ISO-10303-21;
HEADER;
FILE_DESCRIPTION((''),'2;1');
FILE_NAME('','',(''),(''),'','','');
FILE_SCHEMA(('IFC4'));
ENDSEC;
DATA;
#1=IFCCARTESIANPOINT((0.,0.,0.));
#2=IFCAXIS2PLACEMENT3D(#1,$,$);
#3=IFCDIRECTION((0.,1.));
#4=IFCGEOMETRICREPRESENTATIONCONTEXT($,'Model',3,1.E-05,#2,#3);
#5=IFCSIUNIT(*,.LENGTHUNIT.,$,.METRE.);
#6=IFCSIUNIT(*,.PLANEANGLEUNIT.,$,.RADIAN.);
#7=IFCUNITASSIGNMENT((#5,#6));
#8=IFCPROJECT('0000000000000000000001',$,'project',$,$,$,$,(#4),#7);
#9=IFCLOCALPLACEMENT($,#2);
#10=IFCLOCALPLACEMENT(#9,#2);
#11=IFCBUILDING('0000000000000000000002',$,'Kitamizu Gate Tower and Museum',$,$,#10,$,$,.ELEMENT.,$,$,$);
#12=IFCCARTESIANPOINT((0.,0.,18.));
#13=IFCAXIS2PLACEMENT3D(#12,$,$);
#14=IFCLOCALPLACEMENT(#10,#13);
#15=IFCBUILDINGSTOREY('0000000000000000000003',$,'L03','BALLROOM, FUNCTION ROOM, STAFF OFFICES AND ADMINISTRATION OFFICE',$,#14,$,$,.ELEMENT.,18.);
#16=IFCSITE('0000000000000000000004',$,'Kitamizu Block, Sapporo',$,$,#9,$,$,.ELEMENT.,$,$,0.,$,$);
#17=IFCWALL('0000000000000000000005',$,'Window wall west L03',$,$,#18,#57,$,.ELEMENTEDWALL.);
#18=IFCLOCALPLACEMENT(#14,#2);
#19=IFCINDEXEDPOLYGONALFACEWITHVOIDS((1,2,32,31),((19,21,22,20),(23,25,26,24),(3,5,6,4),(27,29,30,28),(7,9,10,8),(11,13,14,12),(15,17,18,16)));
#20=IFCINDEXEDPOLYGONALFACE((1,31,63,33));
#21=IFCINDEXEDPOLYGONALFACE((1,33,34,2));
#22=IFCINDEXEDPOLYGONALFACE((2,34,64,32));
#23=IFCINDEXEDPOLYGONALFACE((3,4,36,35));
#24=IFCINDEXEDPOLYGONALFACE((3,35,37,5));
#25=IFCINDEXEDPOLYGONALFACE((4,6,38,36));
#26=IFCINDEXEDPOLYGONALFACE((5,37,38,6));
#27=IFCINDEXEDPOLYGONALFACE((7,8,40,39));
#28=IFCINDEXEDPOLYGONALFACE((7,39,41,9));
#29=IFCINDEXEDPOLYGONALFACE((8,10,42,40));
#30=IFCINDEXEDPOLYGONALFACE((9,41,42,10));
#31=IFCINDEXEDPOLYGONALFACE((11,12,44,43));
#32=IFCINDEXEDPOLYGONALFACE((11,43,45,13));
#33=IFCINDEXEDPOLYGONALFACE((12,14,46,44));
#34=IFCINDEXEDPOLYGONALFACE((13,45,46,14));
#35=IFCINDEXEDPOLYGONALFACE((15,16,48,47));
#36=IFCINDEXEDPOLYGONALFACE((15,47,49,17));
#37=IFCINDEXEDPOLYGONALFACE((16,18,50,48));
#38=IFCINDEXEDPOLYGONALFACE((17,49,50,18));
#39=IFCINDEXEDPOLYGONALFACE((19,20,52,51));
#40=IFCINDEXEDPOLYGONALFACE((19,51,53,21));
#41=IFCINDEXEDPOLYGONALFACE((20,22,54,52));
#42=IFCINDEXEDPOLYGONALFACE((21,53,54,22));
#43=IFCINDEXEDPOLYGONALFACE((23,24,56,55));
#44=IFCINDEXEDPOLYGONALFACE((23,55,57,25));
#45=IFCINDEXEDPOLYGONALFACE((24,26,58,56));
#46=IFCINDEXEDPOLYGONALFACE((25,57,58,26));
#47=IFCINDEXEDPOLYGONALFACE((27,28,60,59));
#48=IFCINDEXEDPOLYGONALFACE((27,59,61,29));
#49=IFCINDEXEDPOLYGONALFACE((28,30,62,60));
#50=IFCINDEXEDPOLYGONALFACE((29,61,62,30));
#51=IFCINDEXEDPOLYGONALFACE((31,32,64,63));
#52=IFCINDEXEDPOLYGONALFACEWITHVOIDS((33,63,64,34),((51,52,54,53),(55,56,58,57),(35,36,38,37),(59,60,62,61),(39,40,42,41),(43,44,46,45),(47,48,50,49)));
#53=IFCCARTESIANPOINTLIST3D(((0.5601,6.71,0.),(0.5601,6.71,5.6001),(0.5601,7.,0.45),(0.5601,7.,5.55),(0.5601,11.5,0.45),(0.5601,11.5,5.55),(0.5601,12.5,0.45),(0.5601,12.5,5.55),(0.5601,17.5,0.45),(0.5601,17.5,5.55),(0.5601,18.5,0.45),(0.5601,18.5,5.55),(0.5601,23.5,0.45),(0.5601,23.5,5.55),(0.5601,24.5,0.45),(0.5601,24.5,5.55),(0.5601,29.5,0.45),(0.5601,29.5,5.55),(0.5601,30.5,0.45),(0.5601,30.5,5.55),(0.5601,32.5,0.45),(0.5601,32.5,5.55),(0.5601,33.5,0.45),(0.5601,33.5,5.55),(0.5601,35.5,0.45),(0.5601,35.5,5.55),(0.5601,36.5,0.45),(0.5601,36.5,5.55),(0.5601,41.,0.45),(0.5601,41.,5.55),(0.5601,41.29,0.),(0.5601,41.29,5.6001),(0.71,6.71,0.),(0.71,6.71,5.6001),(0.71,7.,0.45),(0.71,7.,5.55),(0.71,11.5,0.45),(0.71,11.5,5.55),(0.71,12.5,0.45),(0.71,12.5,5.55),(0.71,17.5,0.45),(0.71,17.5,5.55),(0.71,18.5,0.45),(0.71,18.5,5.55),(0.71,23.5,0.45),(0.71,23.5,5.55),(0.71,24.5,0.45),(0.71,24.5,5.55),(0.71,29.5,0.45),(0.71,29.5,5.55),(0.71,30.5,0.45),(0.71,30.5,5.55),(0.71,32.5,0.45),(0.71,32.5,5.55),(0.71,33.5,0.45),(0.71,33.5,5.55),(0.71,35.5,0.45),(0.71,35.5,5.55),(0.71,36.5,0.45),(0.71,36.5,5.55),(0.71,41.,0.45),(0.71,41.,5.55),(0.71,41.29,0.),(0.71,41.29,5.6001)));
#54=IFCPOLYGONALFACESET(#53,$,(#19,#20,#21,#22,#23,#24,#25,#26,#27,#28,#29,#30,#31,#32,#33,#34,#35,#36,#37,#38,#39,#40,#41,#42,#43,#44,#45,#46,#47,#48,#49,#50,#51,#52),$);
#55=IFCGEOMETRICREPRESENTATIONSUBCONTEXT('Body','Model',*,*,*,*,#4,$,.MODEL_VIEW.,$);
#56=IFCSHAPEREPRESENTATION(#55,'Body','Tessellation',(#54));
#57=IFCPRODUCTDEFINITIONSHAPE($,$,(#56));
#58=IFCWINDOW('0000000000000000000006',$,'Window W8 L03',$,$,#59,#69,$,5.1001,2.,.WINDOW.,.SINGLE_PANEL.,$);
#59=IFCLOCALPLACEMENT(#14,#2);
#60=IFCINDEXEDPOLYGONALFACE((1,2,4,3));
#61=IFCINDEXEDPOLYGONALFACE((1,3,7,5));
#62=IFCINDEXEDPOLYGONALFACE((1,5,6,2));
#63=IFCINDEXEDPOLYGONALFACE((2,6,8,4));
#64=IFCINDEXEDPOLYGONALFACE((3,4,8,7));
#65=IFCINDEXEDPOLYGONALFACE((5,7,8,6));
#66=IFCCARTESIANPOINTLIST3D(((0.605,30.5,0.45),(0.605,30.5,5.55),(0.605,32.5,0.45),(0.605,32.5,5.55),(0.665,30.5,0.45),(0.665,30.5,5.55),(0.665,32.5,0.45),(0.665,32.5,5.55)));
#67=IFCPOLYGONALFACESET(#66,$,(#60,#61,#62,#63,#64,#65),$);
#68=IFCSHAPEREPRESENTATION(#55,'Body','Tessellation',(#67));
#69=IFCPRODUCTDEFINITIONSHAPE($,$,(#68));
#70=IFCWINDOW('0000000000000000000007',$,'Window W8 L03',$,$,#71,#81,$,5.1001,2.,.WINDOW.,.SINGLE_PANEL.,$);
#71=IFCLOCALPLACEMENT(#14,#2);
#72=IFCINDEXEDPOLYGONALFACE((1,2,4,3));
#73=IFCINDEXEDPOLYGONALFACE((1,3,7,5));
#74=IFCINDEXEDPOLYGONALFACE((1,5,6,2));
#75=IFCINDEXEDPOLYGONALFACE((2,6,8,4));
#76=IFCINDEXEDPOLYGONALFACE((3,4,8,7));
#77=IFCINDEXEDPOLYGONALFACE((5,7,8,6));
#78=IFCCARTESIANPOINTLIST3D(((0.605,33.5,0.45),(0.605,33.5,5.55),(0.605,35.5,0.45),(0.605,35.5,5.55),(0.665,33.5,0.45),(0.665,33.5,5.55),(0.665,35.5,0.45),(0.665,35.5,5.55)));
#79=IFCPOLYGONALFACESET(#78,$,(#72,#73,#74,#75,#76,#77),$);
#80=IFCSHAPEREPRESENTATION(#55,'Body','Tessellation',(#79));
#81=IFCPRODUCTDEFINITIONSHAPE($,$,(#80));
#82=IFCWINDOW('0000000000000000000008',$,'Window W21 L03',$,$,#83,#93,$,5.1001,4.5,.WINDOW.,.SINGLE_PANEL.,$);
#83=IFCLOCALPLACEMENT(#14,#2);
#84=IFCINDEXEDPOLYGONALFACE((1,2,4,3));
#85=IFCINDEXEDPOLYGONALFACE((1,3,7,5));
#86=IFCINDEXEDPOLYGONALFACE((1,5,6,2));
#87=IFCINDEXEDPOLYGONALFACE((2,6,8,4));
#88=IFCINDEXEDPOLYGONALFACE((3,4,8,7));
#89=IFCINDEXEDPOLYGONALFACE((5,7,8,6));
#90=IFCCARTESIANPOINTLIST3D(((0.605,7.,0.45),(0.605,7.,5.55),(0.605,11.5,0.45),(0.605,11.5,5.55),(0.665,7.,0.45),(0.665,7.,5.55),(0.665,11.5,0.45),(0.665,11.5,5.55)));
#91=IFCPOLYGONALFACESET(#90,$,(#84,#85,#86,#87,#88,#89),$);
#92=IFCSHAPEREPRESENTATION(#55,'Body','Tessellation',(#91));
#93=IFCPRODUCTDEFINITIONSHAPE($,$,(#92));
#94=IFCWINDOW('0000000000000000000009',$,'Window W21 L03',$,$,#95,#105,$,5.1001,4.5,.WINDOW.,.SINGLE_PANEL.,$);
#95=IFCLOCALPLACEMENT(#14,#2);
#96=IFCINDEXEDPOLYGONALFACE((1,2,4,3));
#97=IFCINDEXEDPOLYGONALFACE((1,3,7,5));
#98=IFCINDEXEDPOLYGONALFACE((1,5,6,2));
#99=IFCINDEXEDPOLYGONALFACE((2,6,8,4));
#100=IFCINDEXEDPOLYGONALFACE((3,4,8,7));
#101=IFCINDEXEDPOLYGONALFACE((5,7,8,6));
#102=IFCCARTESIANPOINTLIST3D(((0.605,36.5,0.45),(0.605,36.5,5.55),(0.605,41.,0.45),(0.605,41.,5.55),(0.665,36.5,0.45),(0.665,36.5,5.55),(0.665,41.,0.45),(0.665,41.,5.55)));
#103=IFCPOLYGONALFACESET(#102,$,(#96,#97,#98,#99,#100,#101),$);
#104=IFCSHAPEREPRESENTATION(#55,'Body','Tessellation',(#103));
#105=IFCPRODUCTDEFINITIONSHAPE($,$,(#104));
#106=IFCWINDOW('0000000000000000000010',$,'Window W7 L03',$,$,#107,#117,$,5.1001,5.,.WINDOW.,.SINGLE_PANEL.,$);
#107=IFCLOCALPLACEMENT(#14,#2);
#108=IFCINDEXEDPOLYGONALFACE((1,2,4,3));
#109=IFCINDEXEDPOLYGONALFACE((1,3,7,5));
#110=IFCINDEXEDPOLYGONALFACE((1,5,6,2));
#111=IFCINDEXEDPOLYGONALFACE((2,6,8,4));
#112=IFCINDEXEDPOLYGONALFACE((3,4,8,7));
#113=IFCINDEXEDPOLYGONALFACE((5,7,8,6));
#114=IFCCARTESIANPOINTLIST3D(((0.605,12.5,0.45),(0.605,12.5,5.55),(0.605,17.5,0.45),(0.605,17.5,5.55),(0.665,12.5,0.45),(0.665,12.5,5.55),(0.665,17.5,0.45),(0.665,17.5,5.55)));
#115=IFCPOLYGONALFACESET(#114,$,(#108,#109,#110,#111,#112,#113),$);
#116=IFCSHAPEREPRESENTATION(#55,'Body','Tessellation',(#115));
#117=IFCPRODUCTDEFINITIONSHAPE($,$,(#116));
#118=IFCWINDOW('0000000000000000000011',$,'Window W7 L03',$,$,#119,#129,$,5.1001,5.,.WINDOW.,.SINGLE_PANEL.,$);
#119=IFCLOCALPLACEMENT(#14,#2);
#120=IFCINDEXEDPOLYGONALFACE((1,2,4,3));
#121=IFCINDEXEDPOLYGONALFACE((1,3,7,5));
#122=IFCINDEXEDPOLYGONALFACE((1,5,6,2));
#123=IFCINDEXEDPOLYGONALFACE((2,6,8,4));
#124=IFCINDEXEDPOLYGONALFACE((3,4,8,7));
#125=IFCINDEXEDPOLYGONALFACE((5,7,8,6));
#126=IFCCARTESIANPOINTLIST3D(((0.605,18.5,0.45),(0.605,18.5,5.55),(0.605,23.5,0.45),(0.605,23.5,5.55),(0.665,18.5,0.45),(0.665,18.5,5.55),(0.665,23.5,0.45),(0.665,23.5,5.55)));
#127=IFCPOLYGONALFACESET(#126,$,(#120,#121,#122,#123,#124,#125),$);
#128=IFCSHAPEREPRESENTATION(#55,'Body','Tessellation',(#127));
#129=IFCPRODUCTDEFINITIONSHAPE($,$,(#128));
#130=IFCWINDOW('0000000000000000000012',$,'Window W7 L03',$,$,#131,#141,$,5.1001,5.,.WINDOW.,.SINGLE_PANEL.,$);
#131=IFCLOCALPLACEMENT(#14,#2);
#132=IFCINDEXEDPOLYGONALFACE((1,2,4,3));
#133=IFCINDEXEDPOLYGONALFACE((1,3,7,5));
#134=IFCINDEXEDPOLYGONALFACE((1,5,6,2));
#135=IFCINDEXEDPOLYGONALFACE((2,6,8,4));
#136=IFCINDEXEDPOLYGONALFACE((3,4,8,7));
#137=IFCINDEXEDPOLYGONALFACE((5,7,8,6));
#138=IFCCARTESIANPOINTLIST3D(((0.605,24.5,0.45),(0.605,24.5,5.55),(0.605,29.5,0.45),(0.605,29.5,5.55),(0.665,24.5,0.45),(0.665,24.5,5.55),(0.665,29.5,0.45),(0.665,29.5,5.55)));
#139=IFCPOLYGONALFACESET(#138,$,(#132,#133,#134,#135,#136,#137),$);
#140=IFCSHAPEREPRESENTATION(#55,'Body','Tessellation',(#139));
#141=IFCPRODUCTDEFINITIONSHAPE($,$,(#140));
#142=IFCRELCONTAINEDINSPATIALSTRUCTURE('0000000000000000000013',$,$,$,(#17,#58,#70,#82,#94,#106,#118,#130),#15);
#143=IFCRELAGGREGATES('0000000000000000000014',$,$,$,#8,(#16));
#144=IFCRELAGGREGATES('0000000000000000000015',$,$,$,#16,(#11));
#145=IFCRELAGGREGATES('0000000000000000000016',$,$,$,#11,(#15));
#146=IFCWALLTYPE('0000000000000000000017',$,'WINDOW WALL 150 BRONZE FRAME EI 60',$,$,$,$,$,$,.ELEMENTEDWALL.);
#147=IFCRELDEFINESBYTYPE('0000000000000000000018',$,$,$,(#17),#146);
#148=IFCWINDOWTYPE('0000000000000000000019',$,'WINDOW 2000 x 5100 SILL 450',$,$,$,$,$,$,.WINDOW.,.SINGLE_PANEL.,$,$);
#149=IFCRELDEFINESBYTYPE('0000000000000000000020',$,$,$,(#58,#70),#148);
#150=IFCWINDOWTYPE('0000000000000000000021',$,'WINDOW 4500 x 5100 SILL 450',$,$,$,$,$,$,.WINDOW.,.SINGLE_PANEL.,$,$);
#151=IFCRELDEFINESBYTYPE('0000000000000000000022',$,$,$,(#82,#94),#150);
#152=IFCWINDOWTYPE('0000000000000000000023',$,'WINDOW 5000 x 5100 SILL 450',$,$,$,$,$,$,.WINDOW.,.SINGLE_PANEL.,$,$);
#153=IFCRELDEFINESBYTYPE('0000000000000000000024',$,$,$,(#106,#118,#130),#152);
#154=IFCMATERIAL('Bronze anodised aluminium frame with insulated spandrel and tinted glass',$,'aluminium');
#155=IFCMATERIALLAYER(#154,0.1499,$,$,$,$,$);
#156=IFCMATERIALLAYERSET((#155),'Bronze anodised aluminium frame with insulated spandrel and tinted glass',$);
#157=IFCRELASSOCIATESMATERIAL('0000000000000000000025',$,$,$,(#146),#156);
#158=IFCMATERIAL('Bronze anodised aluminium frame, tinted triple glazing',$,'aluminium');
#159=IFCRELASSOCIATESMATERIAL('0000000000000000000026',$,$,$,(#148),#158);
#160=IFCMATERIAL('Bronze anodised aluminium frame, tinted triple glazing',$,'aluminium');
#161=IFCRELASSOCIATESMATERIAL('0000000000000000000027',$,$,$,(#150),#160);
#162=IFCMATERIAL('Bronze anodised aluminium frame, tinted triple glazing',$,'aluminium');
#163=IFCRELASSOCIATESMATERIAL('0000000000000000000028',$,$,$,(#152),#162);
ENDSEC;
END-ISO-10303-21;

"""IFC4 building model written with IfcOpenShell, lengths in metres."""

from ifc_helpers import new_model, si_unit, direction, frame, frame_2d, origin, place, context, subcontext, project, spatial, rectangle, extrude, material, layer, layer_set, type_object, element, fill, save


model = new_model("IFC4")

# Units and contexts
model_context = context("Model", 3, precision=1e-05, world=origin(), true_north=direction((0.0, 1.0)))
body_context = subcontext(model_context, "Body", "Model", "MODEL_VIEW")
ifc_project = project(units=[si_unit("LENGTHUNIT", "METRE"), si_unit("PLANEANGLEUNIT", "RADIAN")], contexts=[model_context])

# Site, building, storey
site_placement = place(None, origin())
site = spatial("IfcSite", under=ifc_project, at=site_placement, Name="Kitamizu Block, Sapporo", CompositionType="ELEMENT", RefElevation=0.0)
building_placement = place(site_placement, origin())
building = spatial("IfcBuilding", under=site, at=building_placement, Name="Kitamizu Gate Tower and Museum", CompositionType="ELEMENT")
storey_placement = place(building_placement, frame((0.0, 0.0, 18.0)))
storey = spatial("IfcBuildingStorey", under=building, at=storey_placement, Name="L03", Description="BALLROOM, FUNCTION ROOM, STAFF OFFICES AND ADMINISTRATION OFFICE", CompositionType="ELEMENT", Elevation=18.0)

# Wall, openings, windows
ifc_material_1 = material(Name="Bronze anodised aluminium frame with insulated spandrel and tinted glass", Category="aluminium")
ifc_layer_1 = layer(ifc_material_1, 0.1499)
ifc_layer_set_1 = layer_set([ifc_layer_1], Name="Bronze anodised aluminium frame with insulated spandrel and tinted glass")
wall_type_1 = type_object("IfcWallType", Name="WINDOW WALL 150 BRONZE FRAME EI 60", PredefinedType="ELEMENTEDWALL", material=ifc_layer_set_1)
wall_1_placement = place(storey_placement, frame((0.635, 6.71, 0.0), z_axis=(0.0, 0.0, 1.0), x_axis=(0.0, 1.0, 0.0)))
wall_1 = element("IfcWall", 1, at=wall_1_placement, inside=storey, type_object=wall_type_1, Name="Window wall west L03", PredefinedType="ELEMENTEDWALL", context=body_context, shape_type="SweptSolid", body=[
    extrude(rectangle(XDim=34.5801, YDim=0.1499, at=frame_2d((17.29, 0.0))), origin(), (0.0, 0.0, 1.0), 5.6001),
])
opening_1_placement = place(wall_1_placement, frame((0.29, 0.0, 0.45)))
opening_1 = element("IfcOpeningElement", 2, at=opening_1_placement, cuts=wall_1, PredefinedType="OPENING", context=body_context, shape_type="SweptSolid", body=[
    extrude(rectangle(XDim=4.5, YDim=5.1001, at=frame_2d((2.25, 2.55))), frame((0.0, 0.085, 0.0), z_axis=(0.0, -1.0, 0.0), x_axis=(1.0, 0.0, 0.0)), (0.0, 0.0, 1.0), 0.1699),
])
opening_2_placement = place(wall_1_placement, frame((5.79, 0.0, 0.45)))
opening_2 = element("IfcOpeningElement", 3, at=opening_2_placement, cuts=wall_1, PredefinedType="OPENING", context=body_context, shape_type="SweptSolid", body=[
    extrude(rectangle(XDim=5.0, YDim=5.1001, at=frame_2d((2.5, 2.55))), frame((0.0, 0.085, 0.0), z_axis=(0.0, -1.0, 0.0), x_axis=(1.0, 0.0, 0.0)), (0.0, 0.0, 1.0), 0.1699),
])
opening_3_placement = place(wall_1_placement, frame((11.79, 0.0, 0.45)))
opening_3 = element("IfcOpeningElement", 4, at=opening_3_placement, cuts=wall_1, PredefinedType="OPENING", context=body_context, shape_type="SweptSolid", body=[
    extrude(rectangle(XDim=5.0, YDim=5.1001, at=frame_2d((2.5, 2.55))), frame((0.0, 0.085, 0.0), z_axis=(0.0, -1.0, 0.0), x_axis=(1.0, 0.0, 0.0)), (0.0, 0.0, 1.0), 0.1699),
])
opening_4_placement = place(wall_1_placement, frame((17.79, 0.0, 0.45)))
opening_4 = element("IfcOpeningElement", 5, at=opening_4_placement, cuts=wall_1, PredefinedType="OPENING", context=body_context, shape_type="SweptSolid", body=[
    extrude(rectangle(XDim=5.0, YDim=5.1001, at=frame_2d((2.5, 2.55))), frame((0.0, 0.085, 0.0), z_axis=(0.0, -1.0, 0.0), x_axis=(1.0, 0.0, 0.0)), (0.0, 0.0, 1.0), 0.1699),
])
opening_5_placement = place(wall_1_placement, frame((23.79, 0.0, 0.45)))
opening_5 = element("IfcOpeningElement", 6, at=opening_5_placement, cuts=wall_1, PredefinedType="OPENING", context=body_context, shape_type="SweptSolid", body=[
    extrude(rectangle(XDim=2.0, YDim=5.1001, at=frame_2d((1.0, 2.55))), frame((0.0, 0.085, 0.0), z_axis=(0.0, -1.0, 0.0), x_axis=(1.0, 0.0, 0.0)), (0.0, 0.0, 1.0), 0.1699),
])
opening_6_placement = place(wall_1_placement, frame((26.79, 0.0, 0.45)))
opening_6 = element("IfcOpeningElement", 7, at=opening_6_placement, cuts=wall_1, PredefinedType="OPENING", context=body_context, shape_type="SweptSolid", body=[
    extrude(rectangle(XDim=2.0, YDim=5.1001, at=frame_2d((1.0, 2.55))), frame((0.0, 0.085, 0.0), z_axis=(0.0, -1.0, 0.0), x_axis=(1.0, 0.0, 0.0)), (0.0, 0.0, 1.0), 0.1699),
])
opening_7_placement = place(wall_1_placement, frame((29.79, 0.0, 0.45)))
opening_7 = element("IfcOpeningElement", 8, at=opening_7_placement, cuts=wall_1, PredefinedType="OPENING", context=body_context, shape_type="SweptSolid", body=[
    extrude(rectangle(XDim=4.5, YDim=5.1001, at=frame_2d((2.25, 2.55))), frame((0.0, 0.085, 0.0), z_axis=(0.0, -1.0, 0.0), x_axis=(1.0, 0.0, 0.0)), (0.0, 0.0, 1.0), 0.1699),
])
ifc_material_2 = material(Name="Bronze anodised aluminium frame, tinted triple glazing", Category="aluminium")
window_type_1 = type_object("IfcWindowType", Name="WINDOW 2000 x 5100 SILL 450", PartitioningType="SINGLE_PANEL", PredefinedType="WINDOW", material=ifc_material_2)
window_1_placement = place(opening_5_placement, origin())
window_1 = element("IfcWindow", 9, at=window_1_placement, inside=storey, type_object=window_type_1, Name="Window W8 L03", OverallHeight=5.1001, OverallWidth=2.0, PartitioningType="SINGLE_PANEL", PredefinedType="WINDOW", context=body_context, shape_type="SweptSolid", body=[
    extrude(rectangle(XDim=2.0, YDim=5.1001, at=frame_2d((1.0, 2.55))), frame((0.0, 0.03, 0.0), z_axis=(0.0, -1.0, 0.0), x_axis=(1.0, 0.0, 0.0)), (0.0, 0.0, 1.0), 0.0601),
])
fill(opening_5, window_1)
window_2_placement = place(opening_6_placement, origin())
window_2 = element("IfcWindow", 10, at=window_2_placement, inside=storey, type_object=window_type_1, Name="Window W8 L03", OverallHeight=5.1001, OverallWidth=2.0, PartitioningType="SINGLE_PANEL", PredefinedType="WINDOW", context=body_context, shape_type="SweptSolid", body=[
    extrude(rectangle(XDim=2.0, YDim=5.1001, at=frame_2d((1.0, 2.55))), frame((0.0, 0.03, 0.0), z_axis=(0.0, -1.0, 0.0), x_axis=(1.0, 0.0, 0.0)), (0.0, 0.0, 1.0), 0.0601),
])
fill(opening_6, window_2)
ifc_material_3 = material(Name="Bronze anodised aluminium frame, tinted triple glazing", Category="aluminium")
window_type_2 = type_object("IfcWindowType", Name="WINDOW 4500 x 5100 SILL 450", PartitioningType="SINGLE_PANEL", PredefinedType="WINDOW", material=ifc_material_3)
window_3_placement = place(opening_1_placement, origin())
window_3 = element("IfcWindow", 11, at=window_3_placement, inside=storey, type_object=window_type_2, Name="Window W21 L03", OverallHeight=5.1001, OverallWidth=4.5, PartitioningType="SINGLE_PANEL", PredefinedType="WINDOW", context=body_context, shape_type="SweptSolid", body=[
    extrude(rectangle(XDim=4.5, YDim=5.1001, at=frame_2d((2.25, 2.55))), frame((0.0, 0.03, 0.0), z_axis=(0.0, -1.0, 0.0), x_axis=(1.0, 0.0, 0.0)), (0.0, 0.0, 1.0), 0.0601),
])
fill(opening_1, window_3)
window_4_placement = place(opening_7_placement, origin())
window_4 = element("IfcWindow", 12, at=window_4_placement, inside=storey, type_object=window_type_2, Name="Window W21 L03", OverallHeight=5.1001, OverallWidth=4.5, PartitioningType="SINGLE_PANEL", PredefinedType="WINDOW", context=body_context, shape_type="SweptSolid", body=[
    extrude(rectangle(XDim=4.5, YDim=5.1001, at=frame_2d((2.25, 2.55))), frame((0.0, 0.03, 0.0), z_axis=(0.0, -1.0, 0.0), x_axis=(1.0, 0.0, 0.0)), (0.0, 0.0, 1.0), 0.0601),
])
fill(opening_7, window_4)
ifc_material_4 = material(Name="Bronze anodised aluminium frame, tinted triple glazing", Category="aluminium")
window_type_3 = type_object("IfcWindowType", Name="WINDOW 5000 x 5100 SILL 450", PartitioningType="SINGLE_PANEL", PredefinedType="WINDOW", material=ifc_material_4)
window_5_placement = place(opening_2_placement, origin())
window_5 = element("IfcWindow", 13, at=window_5_placement, inside=storey, type_object=window_type_3, Name="Window W7 L03", OverallHeight=5.1001, OverallWidth=5.0, PartitioningType="SINGLE_PANEL", PredefinedType="WINDOW", context=body_context, shape_type="SweptSolid", body=[
    extrude(rectangle(XDim=5.0, YDim=5.1001, at=frame_2d((2.5, 2.55))), frame((0.0, 0.03, 0.0), z_axis=(0.0, -1.0, 0.0), x_axis=(1.0, 0.0, 0.0)), (0.0, 0.0, 1.0), 0.0601),
])
fill(opening_2, window_5)
window_6_placement = place(opening_3_placement, origin())
window_6 = element("IfcWindow", 14, at=window_6_placement, inside=storey, type_object=window_type_3, Name="Window W7 L03", OverallHeight=5.1001, OverallWidth=5.0, PartitioningType="SINGLE_PANEL", PredefinedType="WINDOW", context=body_context, shape_type="SweptSolid", body=[
    extrude(rectangle(XDim=5.0, YDim=5.1001, at=frame_2d((2.5, 2.55))), frame((0.0, 0.03, 0.0), z_axis=(0.0, -1.0, 0.0), x_axis=(1.0, 0.0, 0.0)), (0.0, 0.0, 1.0), 0.0601),
])
fill(opening_3, window_6)
window_7_placement = place(opening_4_placement, origin())
window_7 = element("IfcWindow", 15, at=window_7_placement, inside=storey, type_object=window_type_3, Name="Window W7 L03", OverallHeight=5.1001, OverallWidth=5.0, PartitioningType="SINGLE_PANEL", PredefinedType="WINDOW", context=body_context, shape_type="SweptSolid", body=[
    extrude(rectangle(XDim=5.0, YDim=5.1001, at=frame_2d((2.5, 2.55))), frame((0.0, 0.03, 0.0), z_axis=(0.0, -1.0, 0.0), x_axis=(1.0, 0.0, 0.0)), (0.0, 0.0, 1.0), 0.0601),
])
fill(opening_4, window_7)

save(model, "model.ifc")
